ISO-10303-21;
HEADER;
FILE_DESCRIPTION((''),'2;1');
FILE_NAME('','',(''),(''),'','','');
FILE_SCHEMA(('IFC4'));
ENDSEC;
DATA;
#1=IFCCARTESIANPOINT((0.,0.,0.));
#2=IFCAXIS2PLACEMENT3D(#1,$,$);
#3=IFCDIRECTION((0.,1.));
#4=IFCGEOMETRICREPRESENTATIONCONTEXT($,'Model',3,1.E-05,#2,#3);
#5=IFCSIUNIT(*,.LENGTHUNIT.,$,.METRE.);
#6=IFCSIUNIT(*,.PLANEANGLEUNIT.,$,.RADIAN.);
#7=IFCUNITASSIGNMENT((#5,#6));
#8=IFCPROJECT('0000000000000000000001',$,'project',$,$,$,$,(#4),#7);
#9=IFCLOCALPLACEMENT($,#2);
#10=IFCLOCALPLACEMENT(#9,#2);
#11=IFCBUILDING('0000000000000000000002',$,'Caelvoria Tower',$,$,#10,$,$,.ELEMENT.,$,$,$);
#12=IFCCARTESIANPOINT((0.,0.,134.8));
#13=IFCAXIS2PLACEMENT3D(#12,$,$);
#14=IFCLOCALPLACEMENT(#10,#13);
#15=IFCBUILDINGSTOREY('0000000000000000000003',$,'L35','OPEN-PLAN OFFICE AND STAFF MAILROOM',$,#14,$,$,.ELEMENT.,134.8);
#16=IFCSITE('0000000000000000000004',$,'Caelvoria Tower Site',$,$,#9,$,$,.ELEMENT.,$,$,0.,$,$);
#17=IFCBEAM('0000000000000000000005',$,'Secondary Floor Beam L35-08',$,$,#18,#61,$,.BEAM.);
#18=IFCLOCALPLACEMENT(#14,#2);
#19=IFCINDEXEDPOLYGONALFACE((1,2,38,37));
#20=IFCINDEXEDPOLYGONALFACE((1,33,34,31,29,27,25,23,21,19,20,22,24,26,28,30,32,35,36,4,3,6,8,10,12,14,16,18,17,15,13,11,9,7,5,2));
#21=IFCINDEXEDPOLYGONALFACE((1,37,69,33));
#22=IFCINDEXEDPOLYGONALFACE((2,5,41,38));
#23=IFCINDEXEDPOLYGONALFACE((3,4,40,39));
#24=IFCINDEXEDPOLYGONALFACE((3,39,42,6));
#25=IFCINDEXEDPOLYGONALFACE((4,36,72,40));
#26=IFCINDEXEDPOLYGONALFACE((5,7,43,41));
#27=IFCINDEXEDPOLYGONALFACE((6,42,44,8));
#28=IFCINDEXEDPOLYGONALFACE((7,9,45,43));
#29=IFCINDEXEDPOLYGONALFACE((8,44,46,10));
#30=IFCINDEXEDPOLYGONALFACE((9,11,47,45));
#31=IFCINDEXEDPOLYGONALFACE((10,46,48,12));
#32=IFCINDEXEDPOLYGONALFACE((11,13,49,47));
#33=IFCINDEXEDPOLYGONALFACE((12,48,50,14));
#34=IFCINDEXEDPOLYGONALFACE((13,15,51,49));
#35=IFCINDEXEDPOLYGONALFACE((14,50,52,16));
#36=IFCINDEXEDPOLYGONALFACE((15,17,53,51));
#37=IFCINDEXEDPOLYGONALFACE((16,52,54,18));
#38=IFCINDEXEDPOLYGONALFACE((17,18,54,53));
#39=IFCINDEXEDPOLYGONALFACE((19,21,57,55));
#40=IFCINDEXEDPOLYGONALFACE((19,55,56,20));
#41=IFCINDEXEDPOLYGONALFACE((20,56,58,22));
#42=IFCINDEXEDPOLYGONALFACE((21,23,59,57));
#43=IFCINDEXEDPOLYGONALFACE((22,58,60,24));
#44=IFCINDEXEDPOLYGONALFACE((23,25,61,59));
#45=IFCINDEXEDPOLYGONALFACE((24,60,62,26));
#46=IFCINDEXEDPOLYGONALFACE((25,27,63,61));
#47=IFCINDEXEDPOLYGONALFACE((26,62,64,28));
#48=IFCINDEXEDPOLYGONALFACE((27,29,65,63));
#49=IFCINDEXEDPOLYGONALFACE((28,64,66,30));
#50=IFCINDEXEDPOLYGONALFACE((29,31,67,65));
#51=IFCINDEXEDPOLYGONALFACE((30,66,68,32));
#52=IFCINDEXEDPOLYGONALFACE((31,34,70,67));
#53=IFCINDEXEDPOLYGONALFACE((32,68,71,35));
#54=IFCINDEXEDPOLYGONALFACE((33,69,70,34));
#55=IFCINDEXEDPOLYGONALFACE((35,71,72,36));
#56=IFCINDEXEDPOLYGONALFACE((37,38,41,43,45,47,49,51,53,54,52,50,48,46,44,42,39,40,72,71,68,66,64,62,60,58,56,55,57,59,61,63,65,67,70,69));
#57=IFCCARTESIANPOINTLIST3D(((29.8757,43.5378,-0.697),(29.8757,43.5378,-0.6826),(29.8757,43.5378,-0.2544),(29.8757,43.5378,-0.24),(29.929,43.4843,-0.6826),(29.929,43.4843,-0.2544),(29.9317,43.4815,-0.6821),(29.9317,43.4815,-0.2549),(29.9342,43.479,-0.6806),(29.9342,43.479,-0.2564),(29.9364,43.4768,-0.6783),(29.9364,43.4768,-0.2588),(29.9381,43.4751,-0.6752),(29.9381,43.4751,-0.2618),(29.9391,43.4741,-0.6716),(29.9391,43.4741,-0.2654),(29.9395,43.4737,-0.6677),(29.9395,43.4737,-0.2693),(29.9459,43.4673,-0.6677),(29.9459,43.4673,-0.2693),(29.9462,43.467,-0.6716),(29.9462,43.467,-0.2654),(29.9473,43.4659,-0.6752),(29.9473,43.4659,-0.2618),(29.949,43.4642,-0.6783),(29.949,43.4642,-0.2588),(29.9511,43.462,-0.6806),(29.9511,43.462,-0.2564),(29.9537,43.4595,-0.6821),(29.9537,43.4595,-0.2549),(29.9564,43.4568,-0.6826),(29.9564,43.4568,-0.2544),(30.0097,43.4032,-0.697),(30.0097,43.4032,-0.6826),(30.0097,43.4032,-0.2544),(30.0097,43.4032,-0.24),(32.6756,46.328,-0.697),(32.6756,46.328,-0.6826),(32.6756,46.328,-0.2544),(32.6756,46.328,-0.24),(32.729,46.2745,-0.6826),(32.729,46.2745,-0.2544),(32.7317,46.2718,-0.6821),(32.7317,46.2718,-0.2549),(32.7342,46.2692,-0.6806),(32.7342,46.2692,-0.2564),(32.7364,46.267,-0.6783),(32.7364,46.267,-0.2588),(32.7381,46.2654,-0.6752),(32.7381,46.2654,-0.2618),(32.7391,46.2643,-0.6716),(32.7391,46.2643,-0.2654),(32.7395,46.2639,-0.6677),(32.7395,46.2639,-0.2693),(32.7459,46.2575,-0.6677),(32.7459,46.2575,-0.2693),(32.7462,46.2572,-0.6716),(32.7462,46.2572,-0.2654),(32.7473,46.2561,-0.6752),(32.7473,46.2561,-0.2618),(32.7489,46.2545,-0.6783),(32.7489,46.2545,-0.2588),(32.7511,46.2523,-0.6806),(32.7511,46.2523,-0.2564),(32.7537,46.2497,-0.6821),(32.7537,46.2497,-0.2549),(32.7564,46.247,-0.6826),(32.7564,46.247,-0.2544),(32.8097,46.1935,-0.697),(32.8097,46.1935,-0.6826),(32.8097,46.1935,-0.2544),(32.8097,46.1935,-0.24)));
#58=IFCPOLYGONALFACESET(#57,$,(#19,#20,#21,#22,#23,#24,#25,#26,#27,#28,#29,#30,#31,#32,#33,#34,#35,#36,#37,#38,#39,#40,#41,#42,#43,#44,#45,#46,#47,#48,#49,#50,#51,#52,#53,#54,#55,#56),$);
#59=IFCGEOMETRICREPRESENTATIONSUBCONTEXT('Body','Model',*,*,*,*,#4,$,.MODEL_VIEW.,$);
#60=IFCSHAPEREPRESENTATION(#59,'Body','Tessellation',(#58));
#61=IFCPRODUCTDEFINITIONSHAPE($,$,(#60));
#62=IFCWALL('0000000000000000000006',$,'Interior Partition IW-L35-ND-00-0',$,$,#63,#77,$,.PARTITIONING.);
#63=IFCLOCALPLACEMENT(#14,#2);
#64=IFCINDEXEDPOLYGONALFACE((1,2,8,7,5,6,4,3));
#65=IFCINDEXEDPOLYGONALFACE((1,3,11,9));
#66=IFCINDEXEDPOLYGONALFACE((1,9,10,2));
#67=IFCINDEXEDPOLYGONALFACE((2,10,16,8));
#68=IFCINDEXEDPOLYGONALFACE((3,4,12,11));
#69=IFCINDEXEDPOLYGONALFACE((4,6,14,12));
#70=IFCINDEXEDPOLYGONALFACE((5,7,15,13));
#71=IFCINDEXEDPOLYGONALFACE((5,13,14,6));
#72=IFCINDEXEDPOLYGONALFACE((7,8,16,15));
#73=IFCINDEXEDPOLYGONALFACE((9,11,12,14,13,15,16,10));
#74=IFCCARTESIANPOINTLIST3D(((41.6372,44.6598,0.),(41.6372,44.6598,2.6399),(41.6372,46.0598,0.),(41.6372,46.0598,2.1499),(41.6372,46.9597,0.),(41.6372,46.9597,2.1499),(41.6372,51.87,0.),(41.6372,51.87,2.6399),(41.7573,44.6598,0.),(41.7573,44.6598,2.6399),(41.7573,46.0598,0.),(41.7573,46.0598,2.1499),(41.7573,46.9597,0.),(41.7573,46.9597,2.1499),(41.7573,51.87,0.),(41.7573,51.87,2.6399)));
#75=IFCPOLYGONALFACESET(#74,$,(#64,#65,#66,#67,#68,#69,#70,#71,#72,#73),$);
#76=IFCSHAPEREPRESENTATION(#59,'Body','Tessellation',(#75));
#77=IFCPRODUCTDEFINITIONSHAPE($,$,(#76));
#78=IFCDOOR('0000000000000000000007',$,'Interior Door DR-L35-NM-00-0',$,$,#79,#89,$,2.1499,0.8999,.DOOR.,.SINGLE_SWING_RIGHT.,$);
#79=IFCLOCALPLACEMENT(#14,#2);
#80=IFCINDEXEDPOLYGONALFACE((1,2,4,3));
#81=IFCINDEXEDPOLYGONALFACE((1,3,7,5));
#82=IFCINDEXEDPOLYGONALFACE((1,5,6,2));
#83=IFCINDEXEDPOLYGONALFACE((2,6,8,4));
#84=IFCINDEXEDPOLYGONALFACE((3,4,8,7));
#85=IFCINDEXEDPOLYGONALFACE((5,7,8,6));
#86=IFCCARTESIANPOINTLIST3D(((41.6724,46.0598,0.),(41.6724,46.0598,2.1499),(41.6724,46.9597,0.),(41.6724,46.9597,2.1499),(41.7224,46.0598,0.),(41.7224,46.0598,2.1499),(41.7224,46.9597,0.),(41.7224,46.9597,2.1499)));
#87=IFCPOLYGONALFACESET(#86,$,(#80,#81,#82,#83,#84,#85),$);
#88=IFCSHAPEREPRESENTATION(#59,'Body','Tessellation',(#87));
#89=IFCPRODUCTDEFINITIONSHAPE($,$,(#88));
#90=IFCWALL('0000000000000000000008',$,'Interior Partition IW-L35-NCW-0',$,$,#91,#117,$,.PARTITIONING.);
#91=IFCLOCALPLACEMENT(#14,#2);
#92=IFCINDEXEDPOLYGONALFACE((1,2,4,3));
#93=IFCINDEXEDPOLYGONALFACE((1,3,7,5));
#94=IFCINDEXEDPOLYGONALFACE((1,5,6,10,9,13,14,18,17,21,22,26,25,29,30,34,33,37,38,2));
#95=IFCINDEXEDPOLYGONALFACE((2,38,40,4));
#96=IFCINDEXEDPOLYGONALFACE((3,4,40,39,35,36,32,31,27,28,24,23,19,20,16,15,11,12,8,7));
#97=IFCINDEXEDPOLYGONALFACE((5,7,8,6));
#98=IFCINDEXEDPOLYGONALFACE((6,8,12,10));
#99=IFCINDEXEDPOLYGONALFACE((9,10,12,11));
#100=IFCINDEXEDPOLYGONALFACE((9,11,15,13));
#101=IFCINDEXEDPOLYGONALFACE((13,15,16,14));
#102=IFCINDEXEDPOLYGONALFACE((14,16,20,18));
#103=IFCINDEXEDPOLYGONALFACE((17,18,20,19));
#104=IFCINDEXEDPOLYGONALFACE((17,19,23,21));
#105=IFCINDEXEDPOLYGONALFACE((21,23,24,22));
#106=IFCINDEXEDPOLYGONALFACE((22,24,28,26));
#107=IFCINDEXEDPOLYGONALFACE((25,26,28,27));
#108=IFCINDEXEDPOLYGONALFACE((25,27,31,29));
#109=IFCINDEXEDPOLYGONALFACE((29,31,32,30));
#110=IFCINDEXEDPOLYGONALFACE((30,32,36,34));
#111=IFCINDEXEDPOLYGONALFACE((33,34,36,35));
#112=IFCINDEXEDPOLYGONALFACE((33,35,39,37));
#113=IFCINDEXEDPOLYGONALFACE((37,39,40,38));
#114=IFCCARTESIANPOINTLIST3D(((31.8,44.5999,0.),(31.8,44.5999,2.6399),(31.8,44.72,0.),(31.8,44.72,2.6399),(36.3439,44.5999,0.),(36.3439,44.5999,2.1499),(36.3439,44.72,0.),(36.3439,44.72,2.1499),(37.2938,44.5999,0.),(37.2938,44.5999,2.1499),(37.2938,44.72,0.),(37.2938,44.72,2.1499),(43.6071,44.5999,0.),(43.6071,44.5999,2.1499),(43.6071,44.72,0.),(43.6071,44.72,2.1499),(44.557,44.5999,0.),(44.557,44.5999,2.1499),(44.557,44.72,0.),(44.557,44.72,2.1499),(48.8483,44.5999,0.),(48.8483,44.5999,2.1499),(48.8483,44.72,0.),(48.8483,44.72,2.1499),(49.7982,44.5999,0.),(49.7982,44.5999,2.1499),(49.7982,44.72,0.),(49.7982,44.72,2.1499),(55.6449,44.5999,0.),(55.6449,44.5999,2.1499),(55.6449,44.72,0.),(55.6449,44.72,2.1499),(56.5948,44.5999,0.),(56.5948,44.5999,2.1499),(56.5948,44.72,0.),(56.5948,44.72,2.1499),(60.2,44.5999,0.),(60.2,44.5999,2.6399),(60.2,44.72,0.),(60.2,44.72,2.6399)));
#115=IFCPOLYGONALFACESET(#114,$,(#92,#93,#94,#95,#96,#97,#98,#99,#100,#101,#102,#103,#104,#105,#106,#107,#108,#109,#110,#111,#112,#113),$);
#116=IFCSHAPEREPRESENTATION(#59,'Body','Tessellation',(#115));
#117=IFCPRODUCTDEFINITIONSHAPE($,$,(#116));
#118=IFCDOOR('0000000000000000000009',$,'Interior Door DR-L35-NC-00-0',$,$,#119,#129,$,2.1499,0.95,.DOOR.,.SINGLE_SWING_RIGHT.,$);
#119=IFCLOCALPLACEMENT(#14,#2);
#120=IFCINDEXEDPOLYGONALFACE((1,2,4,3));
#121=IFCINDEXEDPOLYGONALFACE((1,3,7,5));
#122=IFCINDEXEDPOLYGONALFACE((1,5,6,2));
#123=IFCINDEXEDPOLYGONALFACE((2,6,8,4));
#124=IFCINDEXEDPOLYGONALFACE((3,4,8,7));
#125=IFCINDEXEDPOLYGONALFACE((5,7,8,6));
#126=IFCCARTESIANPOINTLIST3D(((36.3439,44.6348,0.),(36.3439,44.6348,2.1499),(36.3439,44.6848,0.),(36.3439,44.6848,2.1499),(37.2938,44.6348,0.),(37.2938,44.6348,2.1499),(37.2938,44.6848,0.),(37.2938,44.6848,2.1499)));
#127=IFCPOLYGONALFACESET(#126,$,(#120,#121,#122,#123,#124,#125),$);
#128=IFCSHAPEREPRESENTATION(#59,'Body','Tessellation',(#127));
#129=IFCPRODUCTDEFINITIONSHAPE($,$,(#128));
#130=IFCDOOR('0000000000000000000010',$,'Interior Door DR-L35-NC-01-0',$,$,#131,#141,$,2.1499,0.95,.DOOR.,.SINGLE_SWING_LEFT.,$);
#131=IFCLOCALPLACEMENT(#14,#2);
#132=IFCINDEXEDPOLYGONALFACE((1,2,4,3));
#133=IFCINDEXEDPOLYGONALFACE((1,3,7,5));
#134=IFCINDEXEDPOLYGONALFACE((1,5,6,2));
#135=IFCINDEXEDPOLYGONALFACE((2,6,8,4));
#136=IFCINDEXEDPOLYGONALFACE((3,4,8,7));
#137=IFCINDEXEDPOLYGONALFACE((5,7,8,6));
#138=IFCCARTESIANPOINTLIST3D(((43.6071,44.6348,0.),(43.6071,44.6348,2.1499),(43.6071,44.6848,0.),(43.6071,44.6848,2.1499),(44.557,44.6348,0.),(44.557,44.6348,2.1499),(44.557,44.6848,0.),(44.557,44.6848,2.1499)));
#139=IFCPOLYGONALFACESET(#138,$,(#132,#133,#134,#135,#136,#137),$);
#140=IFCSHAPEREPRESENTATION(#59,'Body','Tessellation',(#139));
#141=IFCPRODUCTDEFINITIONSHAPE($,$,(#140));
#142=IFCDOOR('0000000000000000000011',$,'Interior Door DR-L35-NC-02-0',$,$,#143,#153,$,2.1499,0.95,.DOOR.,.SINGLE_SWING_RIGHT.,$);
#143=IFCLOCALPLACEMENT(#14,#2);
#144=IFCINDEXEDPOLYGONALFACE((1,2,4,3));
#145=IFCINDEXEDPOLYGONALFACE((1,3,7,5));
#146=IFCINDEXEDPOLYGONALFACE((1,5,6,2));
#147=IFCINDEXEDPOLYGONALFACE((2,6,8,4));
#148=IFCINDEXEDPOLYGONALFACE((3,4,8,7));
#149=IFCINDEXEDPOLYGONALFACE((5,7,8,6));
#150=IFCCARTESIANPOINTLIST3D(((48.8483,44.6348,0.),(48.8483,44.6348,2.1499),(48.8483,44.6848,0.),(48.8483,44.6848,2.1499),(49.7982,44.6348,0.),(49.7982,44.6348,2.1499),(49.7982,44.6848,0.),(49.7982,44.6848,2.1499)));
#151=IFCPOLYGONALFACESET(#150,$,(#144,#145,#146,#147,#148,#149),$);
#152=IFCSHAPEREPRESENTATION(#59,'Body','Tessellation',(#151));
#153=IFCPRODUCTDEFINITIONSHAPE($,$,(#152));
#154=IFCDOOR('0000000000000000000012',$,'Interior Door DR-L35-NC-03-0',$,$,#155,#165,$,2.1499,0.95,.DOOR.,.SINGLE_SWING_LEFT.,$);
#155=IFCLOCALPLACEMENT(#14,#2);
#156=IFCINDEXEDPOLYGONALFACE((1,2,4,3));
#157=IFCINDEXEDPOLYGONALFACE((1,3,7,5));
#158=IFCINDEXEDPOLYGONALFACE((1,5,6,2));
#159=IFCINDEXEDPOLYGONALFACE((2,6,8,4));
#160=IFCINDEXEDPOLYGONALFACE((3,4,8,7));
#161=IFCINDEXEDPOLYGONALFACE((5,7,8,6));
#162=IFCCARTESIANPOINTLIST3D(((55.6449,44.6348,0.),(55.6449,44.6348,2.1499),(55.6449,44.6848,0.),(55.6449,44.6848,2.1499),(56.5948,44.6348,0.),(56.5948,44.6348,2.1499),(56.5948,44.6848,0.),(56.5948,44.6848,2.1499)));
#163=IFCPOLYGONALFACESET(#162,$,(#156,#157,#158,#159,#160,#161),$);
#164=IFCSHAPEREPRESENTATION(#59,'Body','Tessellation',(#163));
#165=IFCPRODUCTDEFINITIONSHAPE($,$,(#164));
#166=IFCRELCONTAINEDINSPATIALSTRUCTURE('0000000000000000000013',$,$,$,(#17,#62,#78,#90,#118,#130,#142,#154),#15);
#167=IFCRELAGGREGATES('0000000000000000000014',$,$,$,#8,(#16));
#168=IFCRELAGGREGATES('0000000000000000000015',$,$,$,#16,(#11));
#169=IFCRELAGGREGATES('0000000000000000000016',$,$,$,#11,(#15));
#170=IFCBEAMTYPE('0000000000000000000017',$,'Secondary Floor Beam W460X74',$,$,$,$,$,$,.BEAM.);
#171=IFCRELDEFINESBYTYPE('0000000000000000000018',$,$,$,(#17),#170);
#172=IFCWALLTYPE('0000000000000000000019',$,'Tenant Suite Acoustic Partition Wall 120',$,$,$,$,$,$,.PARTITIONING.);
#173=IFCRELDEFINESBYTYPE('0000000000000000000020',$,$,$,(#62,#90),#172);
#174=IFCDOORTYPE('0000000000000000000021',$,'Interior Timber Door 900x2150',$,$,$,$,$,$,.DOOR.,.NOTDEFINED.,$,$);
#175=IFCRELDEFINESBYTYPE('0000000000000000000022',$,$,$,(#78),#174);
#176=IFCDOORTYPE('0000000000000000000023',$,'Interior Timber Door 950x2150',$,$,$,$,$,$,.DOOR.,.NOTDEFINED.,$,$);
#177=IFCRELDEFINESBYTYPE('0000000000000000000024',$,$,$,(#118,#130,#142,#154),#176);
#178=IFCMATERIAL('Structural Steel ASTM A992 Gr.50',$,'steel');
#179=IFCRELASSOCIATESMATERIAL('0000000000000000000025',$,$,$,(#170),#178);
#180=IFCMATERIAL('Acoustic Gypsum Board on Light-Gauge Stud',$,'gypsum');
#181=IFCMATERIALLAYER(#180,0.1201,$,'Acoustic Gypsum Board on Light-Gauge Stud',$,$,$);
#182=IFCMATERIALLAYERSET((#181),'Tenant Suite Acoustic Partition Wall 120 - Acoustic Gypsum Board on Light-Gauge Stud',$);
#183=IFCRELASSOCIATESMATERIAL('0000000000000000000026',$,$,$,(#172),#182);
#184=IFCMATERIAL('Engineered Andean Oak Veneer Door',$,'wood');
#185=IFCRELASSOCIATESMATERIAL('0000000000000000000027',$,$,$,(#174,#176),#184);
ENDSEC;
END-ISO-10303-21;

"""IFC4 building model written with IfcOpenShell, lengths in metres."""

from ifc_helpers import new_model, si_unit, direction, frame, frame_2d, origin, origin_2d, place, context, subcontext, project, spatial, rectangle, i_section, extrude, material, layer, layer_set, material_profile, profile_set, type_object, element, fill, save


model = new_model("IFC4")

# Units and contexts
model_context = context("Model", 3, precision=1e-05, world=origin(), true_north=direction((0.0, 1.0)))
body_context = subcontext(model_context, "Body", "Model", "MODEL_VIEW")
ifc_project = project(units=[si_unit("LENGTHUNIT", "METRE"), si_unit("PLANEANGLEUNIT", "RADIAN")], contexts=[model_context])

# Site, building, storey
site_placement = place(None, origin())
site = spatial("IfcSite", under=ifc_project, at=site_placement, Name="Caelvoria Tower Site", CompositionType="ELEMENT", RefElevation=0.0)
building_placement = place(site_placement, origin())
building = spatial("IfcBuilding", under=site, at=building_placement, Name="Caelvoria Tower", CompositionType="ELEMENT")
storey_placement = place(building_placement, frame((0.0, 0.0, 134.8)))
storey = spatial("IfcBuildingStorey", under=building, at=storey_placement, Name="L35", Description="OPEN-PLAN OFFICE AND STAFF MAILROOM", CompositionType="ELEMENT", Elevation=134.8)

# Beam
ifc_material_1 = material(Name="Structural Steel ASTM A992 Gr.50", Category="steel")
ifc_material_profile = material_profile(ifc_material_1, i_section(OverallWidth=0.1899, OverallDepth=0.457, WebThickness=0.009, FlangeThickness=0.0144, FilletRadius=0.0149, at=origin_2d()), Name="Structural Steel ASTM A992 Gr.50")
ifc_profile_set = profile_set([ifc_material_profile], Name="W460X74 - Structural Steel ASTM A992 Gr.50")
beam_type = type_object("IfcBeamType", Name="Secondary Floor Beam W460X74", PredefinedType="BEAM", material=ifc_profile_set)
beam_placement = place(storey_placement, frame((32.7427, 46.2607, -0.4685), z_axis=(-0.708341, -0.70587, 0.0), x_axis=(0.70587, -0.708341, 0.0)))
element("IfcBeam", 1, at=beam_placement, inside=storey, type_object=beam_type, Name="Secondary Floor Beam L35-08", PredefinedType="BEAM", context=body_context, shape_type="SweptSolid", body=[
    extrude(i_section(OverallWidth=0.1899, OverallDepth=0.457, WebThickness=0.009, FlangeThickness=0.0144, FilletRadius=0.0149, at=origin_2d()), origin(), (0.0, 0.0, 1.0), 3.9529),
])

# Wall, opening, door
ifc_material_2 = material(Name="Acoustic Gypsum Board on Light-Gauge Stud", Category="gypsum")
ifc_layer_1 = layer(ifc_material_2, 0.1201, Name="Acoustic Gypsum Board on Light-Gauge Stud")
ifc_layer_set_1 = layer_set([ifc_layer_1], Name="Tenant Suite Acoustic Partition Wall 120 - Acoustic Gypsum Board on Light-Gauge Stud")
wall_type = type_object("IfcWallType", Name="Tenant Suite Acoustic Partition Wall 120", PredefinedType="PARTITIONING", material=ifc_layer_set_1)
wall_1_placement = place(storey_placement, frame((41.6973, 44.6599, 0.0), z_axis=(0.0, 0.0, 1.0), x_axis=(0.0, 1.0, 0.0)))
wall_1 = element("IfcWall", 2, at=wall_1_placement, inside=storey, type_object=wall_type, Name="Interior Partition IW-L35-ND-00-0", PredefinedType="PARTITIONING", context=body_context, shape_type="SweptSolid", body=[
    extrude(rectangle(XDim=7.2102, YDim=0.1201, at=frame_2d((3.605, 0.0))), origin(), (0.0, 0.0, 1.0), 2.6399),
])
opening_1_placement = place(wall_1_placement, frame((1.3999, 0.0, 0.0)))
opening_1 = element("IfcOpeningElement", 3, at=opening_1_placement, cuts=wall_1, PredefinedType="OPENING", context=body_context, shape_type="SweptSolid", body=[
    extrude(rectangle(XDim=0.8999, YDim=2.1499, at=frame_2d((0.45, 1.075))), frame((0.0, 0.0701, 0.0), z_axis=(0.0, -1.0, 0.0), x_axis=(1.0, 0.0, 0.0)), (0.0, 0.0, 1.0), 0.1401),
])
ifc_material_3 = material(Name="Engineered Andean Oak Veneer Door", Category="wood")
door_type_1 = type_object("IfcDoorType", Name="Interior Timber Door 900x2150", OperationType="NOTDEFINED", PredefinedType="DOOR", material=ifc_material_3)
door_1_placement = place(opening_1_placement, origin())
door_1 = element("IfcDoor", 4, at=door_1_placement, inside=storey, type_object=door_type_1, Name="Interior Door DR-L35-NM-00-0", OperationType="SINGLE_SWING_RIGHT", OverallHeight=2.1499, OverallWidth=0.8999, PredefinedType="DOOR", context=body_context, shape_type="SweptSolid", body=[
    extrude(rectangle(XDim=0.8999, YDim=2.1499, at=frame_2d((0.45, 1.075))), frame((0.0, 0.0249, 0.0), z_axis=(0.0, -1.0, 0.0), x_axis=(1.0, 0.0, 0.0)), (0.0, 0.0, 1.0), 0.05),
])
fill(opening_1, door_1)

# Wall, openings, doors
wall_2_placement = place(storey_placement, frame((31.8, 44.6599, 0.0), z_axis=(0.0, 0.0, 1.0), x_axis=(1.0, 0.0, 0.0)))
wall_2 = element("IfcWall", 5, at=wall_2_placement, inside=storey, type_object=wall_type, Name="Interior Partition IW-L35-NCW-0", PredefinedType="PARTITIONING", context=body_context, shape_type="SweptSolid", body=[
    extrude(rectangle(XDim=28.3999, YDim=0.1201, at=frame_2d((14.2, 0.0))), origin(), (0.0, 0.0, 1.0), 2.6399),
])
opening_2_placement = place(wall_2_placement, frame((4.5437, 0.0, 0.0)))
opening_2 = element("IfcOpeningElement", 6, at=opening_2_placement, cuts=wall_2, PredefinedType="OPENING", context=body_context, shape_type="SweptSolid", body=[
    extrude(rectangle(XDim=0.95, YDim=2.1499, at=frame_2d((0.4751, 1.075))), frame((0.0, 0.0701, 0.0), z_axis=(0.0, -1.0, 0.0), x_axis=(1.0, 0.0, 0.0)), (0.0, 0.0, 1.0), 0.1401),
])
opening_3_placement = place(wall_2_placement, frame((11.8069, 0.0, 0.0)))
opening_3 = element("IfcOpeningElement", 7, at=opening_3_placement, cuts=wall_2, PredefinedType="OPENING", context=body_context, shape_type="SweptSolid", body=[
    extrude(rectangle(XDim=0.95, YDim=2.1499, at=frame_2d((0.4751, 1.075))), frame((0.0, 0.0701, 0.0), z_axis=(0.0, -1.0, 0.0), x_axis=(1.0, 0.0, 0.0)), (0.0, 0.0, 1.0), 0.1401),
])
opening_4_placement = place(wall_2_placement, frame((17.0481, 0.0, 0.0)))
opening_4 = element("IfcOpeningElement", 8, at=opening_4_placement, cuts=wall_2, PredefinedType="OPENING", context=body_context, shape_type="SweptSolid", body=[
    extrude(rectangle(XDim=0.95, YDim=2.1499, at=frame_2d((0.4751, 1.075))), frame((0.0, 0.0701, 0.0), z_axis=(0.0, -1.0, 0.0), x_axis=(1.0, 0.0, 0.0)), (0.0, 0.0, 1.0), 0.1401),
])
opening_5_placement = place(wall_2_placement, frame((23.8447, 0.0, 0.0)))
opening_5 = element("IfcOpeningElement", 9, at=opening_5_placement, cuts=wall_2, PredefinedType="OPENING", context=body_context, shape_type="SweptSolid", body=[
    extrude(rectangle(XDim=0.95, YDim=2.1499, at=frame_2d((0.4751, 1.075))), frame((0.0, 0.0701, 0.0), z_axis=(0.0, -1.0, 0.0), x_axis=(1.0, 0.0, 0.0)), (0.0, 0.0, 1.0), 0.1401),
])
door_type_2 = type_object("IfcDoorType", Name="Interior Timber Door 950x2150", OperationType="NOTDEFINED", PredefinedType="DOOR", material=ifc_material_3)
door_2_placement = place(opening_2_placement, origin())
door_2 = element("IfcDoor", 10, at=door_2_placement, inside=storey, type_object=door_type_2, Name="Interior Door DR-L35-NC-00-0", OperationType="SINGLE_SWING_RIGHT", OverallHeight=2.1499, OverallWidth=0.95, PredefinedType="DOOR", context=body_context, shape_type="SweptSolid", body=[
    extrude(rectangle(XDim=0.95, YDim=2.1499, at=frame_2d((0.4751, 1.075))), frame((0.0, 0.0249, 0.0), z_axis=(0.0, -1.0, 0.0), x_axis=(1.0, 0.0, 0.0)), (0.0, 0.0, 1.0), 0.05),
])
fill(opening_2, door_2)
door_3_placement = place(opening_3_placement, origin())
door_3 = element("IfcDoor", 11, at=door_3_placement, inside=storey, type_object=door_type_2, Name="Interior Door DR-L35-NC-01-0", OperationType="SINGLE_SWING_LEFT", OverallHeight=2.1499, OverallWidth=0.95, PredefinedType="DOOR", context=body_context, shape_type="SweptSolid", body=[
    extrude(rectangle(XDim=0.95, YDim=2.1499, at=frame_2d((0.4751, 1.075))), frame((0.0, 0.0249, 0.0), z_axis=(0.0, -1.0, 0.0), x_axis=(1.0, 0.0, 0.0)), (0.0, 0.0, 1.0), 0.05),
])
fill(opening_3, door_3)
door_4_placement = place(opening_4_placement, origin())
door_4 = element("IfcDoor", 12, at=door_4_placement, inside=storey, type_object=door_type_2, Name="Interior Door DR-L35-NC-02-0", OperationType="SINGLE_SWING_RIGHT", OverallHeight=2.1499, OverallWidth=0.95, PredefinedType="DOOR", context=body_context, shape_type="SweptSolid", body=[
    extrude(rectangle(XDim=0.95, YDim=2.1499, at=frame_2d((0.4751, 1.075))), frame((0.0, 0.0249, 0.0), z_axis=(0.0, -1.0, 0.0), x_axis=(1.0, 0.0, 0.0)), (0.0, 0.0, 1.0), 0.05),
])
fill(opening_4, door_4)
door_5_placement = place(opening_5_placement, origin())
door_5 = element("IfcDoor", 13, at=door_5_placement, inside=storey, type_object=door_type_2, Name="Interior Door DR-L35-NC-03-0", OperationType="SINGLE_SWING_LEFT", OverallHeight=2.1499, OverallWidth=0.95, PredefinedType="DOOR", context=body_context, shape_type="SweptSolid", body=[
    extrude(rectangle(XDim=0.95, YDim=2.1499, at=frame_2d((0.4751, 1.075))), frame((0.0, 0.0249, 0.0), z_axis=(0.0, -1.0, 0.0), x_axis=(1.0, 0.0, 0.0)), (0.0, 0.0, 1.0), 0.05),
])
fill(opening_5, door_5)

save(model, "model.ifc")
